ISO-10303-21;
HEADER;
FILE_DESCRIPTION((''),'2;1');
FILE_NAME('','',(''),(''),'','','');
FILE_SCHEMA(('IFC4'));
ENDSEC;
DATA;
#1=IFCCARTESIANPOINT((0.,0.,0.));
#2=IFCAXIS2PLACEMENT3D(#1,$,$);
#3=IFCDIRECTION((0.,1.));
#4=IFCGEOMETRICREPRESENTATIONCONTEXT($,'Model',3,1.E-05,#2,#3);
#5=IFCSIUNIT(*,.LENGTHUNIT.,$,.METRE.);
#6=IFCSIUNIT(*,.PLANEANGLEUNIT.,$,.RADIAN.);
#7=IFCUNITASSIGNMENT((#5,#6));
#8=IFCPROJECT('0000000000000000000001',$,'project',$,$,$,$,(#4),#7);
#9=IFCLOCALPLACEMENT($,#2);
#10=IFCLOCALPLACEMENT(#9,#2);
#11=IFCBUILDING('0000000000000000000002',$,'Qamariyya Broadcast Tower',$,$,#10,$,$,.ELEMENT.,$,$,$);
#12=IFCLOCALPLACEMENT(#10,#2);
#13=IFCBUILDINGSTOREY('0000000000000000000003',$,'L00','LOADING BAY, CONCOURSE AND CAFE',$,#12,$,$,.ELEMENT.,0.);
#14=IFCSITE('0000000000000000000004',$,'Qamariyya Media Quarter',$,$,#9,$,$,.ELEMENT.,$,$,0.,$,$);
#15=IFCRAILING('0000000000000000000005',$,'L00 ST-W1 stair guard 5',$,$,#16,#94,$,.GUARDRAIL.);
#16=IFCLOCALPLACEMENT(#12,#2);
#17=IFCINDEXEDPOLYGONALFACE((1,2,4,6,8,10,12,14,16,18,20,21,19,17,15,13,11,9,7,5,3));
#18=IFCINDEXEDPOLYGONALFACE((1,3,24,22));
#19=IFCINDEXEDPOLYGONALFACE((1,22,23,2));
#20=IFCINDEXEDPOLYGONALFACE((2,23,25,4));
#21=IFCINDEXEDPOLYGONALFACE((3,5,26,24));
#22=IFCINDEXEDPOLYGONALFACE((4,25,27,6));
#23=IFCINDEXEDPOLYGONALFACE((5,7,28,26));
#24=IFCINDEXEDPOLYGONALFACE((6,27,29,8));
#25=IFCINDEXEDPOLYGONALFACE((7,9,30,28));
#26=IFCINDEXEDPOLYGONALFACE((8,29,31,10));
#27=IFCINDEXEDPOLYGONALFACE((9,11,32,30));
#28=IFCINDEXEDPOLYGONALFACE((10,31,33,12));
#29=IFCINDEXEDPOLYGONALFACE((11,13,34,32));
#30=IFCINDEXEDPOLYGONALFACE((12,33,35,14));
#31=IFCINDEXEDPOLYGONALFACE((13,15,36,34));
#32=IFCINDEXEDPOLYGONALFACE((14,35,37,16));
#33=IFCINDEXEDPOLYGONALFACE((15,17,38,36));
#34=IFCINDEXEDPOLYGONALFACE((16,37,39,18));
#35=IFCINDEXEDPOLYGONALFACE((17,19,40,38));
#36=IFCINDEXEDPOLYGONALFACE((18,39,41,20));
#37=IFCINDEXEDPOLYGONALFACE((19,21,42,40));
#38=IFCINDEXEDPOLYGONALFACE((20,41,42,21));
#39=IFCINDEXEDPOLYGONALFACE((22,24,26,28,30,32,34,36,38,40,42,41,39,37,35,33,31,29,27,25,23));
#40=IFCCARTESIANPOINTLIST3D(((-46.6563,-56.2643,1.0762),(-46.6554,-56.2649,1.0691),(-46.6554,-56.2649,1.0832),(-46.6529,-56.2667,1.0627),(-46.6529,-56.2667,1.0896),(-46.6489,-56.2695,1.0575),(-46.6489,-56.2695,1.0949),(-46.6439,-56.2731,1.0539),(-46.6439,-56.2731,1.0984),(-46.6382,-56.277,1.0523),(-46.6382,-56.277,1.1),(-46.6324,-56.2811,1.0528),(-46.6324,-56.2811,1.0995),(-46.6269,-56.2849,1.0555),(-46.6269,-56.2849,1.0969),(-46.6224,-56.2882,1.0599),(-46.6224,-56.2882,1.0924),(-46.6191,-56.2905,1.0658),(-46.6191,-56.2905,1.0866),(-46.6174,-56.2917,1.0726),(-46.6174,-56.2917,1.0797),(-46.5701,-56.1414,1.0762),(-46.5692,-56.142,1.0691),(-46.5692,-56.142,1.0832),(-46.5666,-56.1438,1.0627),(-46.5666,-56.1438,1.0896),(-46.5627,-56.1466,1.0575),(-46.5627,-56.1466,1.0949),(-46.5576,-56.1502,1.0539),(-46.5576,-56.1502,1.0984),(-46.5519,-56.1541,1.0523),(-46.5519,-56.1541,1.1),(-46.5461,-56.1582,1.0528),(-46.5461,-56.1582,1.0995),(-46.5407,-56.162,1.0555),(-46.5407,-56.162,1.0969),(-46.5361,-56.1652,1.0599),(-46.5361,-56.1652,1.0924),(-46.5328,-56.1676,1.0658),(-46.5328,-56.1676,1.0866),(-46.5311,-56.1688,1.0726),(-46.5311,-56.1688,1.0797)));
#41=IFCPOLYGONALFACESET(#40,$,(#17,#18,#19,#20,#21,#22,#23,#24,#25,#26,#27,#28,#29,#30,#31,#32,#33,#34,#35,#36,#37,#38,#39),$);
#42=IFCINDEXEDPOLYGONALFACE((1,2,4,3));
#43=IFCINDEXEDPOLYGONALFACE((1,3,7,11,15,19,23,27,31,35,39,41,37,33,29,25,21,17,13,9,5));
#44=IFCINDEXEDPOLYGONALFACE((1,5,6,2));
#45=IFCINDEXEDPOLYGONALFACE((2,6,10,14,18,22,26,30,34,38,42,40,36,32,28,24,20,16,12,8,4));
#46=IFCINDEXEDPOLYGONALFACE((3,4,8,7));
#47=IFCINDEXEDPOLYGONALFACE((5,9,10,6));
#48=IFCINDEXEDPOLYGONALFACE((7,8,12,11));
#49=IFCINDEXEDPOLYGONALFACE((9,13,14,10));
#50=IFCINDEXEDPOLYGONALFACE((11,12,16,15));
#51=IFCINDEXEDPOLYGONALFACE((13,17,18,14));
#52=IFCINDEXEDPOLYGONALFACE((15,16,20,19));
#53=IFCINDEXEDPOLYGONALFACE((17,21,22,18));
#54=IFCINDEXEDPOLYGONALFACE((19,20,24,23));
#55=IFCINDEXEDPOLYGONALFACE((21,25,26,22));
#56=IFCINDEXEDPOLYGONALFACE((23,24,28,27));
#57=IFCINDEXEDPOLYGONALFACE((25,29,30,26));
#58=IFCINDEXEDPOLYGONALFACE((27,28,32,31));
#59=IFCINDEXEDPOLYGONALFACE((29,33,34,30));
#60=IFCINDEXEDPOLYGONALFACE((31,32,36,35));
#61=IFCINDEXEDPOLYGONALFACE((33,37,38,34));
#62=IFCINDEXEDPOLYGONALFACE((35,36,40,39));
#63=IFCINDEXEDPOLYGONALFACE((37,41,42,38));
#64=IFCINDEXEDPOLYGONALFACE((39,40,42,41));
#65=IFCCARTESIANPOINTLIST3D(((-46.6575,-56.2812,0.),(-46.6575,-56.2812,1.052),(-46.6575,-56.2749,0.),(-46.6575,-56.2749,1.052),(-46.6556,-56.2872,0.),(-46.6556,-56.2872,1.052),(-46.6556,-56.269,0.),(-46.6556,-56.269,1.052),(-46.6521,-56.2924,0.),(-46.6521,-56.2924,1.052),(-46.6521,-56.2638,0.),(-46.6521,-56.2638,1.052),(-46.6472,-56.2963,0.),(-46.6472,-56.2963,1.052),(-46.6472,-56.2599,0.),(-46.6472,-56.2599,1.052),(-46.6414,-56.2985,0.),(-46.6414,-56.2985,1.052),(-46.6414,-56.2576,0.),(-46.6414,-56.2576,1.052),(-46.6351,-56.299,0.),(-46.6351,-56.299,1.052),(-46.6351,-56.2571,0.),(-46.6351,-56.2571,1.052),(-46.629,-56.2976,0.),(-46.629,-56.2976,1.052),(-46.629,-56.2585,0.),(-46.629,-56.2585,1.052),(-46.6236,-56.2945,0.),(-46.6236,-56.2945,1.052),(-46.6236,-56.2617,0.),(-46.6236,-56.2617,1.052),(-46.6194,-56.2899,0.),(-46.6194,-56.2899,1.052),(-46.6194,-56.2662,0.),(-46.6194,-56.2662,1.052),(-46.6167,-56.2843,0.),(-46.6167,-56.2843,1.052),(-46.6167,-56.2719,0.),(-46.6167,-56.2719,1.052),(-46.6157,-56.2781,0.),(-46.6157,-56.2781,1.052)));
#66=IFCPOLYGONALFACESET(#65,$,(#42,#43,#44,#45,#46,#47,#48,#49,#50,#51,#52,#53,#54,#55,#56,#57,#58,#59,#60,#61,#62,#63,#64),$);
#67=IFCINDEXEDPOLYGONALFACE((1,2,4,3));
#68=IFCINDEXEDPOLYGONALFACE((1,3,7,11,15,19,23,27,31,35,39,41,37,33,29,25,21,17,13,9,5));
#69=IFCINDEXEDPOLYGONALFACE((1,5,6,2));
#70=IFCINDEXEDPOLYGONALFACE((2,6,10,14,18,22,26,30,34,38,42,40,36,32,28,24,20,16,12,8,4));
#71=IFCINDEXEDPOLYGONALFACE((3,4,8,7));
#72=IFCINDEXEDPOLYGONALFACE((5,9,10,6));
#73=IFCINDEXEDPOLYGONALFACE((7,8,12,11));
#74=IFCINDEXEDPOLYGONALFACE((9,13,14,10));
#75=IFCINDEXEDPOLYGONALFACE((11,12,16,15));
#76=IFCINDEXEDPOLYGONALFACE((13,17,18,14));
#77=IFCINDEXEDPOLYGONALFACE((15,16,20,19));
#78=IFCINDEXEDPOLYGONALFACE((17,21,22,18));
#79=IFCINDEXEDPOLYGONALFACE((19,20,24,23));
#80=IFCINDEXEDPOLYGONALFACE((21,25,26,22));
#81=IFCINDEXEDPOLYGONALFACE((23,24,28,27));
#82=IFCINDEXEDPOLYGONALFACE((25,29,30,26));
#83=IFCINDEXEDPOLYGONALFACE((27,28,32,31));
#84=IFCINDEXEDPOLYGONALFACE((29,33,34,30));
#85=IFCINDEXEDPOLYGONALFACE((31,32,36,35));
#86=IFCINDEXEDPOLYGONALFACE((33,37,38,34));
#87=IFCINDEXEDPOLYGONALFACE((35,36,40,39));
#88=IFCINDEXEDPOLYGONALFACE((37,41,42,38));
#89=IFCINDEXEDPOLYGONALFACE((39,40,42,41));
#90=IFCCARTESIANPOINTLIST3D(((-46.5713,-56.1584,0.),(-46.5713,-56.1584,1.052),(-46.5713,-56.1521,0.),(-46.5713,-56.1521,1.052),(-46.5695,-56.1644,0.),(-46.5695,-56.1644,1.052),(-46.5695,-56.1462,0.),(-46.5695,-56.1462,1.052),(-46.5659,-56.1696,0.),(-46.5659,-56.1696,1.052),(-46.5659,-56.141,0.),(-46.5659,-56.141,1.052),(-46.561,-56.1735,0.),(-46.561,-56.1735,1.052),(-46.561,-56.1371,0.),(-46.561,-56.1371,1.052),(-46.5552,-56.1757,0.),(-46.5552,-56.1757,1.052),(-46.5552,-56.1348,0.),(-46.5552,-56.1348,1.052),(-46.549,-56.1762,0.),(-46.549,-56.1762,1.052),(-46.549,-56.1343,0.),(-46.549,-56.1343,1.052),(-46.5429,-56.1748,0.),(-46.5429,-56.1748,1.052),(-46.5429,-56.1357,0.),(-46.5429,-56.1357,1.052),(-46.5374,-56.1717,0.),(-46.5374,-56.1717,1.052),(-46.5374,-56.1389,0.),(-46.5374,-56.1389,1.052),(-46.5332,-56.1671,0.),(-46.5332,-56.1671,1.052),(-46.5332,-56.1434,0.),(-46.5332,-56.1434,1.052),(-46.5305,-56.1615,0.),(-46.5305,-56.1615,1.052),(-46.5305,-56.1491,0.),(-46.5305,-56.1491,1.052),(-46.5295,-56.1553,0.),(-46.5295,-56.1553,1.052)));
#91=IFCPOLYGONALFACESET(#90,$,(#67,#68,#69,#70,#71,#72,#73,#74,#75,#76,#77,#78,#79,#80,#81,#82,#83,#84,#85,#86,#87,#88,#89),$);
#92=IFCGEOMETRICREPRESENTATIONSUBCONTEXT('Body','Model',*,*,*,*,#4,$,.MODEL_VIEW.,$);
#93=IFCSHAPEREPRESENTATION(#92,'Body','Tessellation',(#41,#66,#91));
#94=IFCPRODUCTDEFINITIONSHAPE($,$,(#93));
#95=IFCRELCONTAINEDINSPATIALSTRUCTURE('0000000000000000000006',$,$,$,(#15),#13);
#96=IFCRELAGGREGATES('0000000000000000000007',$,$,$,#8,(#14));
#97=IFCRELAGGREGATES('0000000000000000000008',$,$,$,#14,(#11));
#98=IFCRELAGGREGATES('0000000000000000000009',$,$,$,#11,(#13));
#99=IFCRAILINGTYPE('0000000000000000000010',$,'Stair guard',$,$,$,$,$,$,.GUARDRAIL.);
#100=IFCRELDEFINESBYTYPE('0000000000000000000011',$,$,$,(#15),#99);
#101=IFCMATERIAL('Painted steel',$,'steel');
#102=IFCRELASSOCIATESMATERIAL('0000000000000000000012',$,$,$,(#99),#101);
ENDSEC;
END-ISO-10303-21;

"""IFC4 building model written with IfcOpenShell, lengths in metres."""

from ifc_helpers import new_model, si_unit, direction, frame, origin, origin_2d, place, context, subcontext, project, spatial, circle, extrude, material, type_object, element, save


model = new_model("IFC4")

# Units and contexts
model_context = context("Model", 3, precision=1e-05, world=origin(), true_north=direction((0.0, 1.0)))
body_context = subcontext(model_context, "Body", "Model", "MODEL_VIEW")
ifc_project = project(units=[si_unit("LENGTHUNIT", "METRE"), si_unit("PLANEANGLEUNIT", "RADIAN")], contexts=[model_context])

# Site, building, storey
site_placement = place(None, origin())
site = spatial("IfcSite", under=ifc_project, at=site_placement, Name="Qamariyya Media Quarter", CompositionType="ELEMENT", RefElevation=0.0)
building_placement = place(site_placement, origin())
building = spatial("IfcBuilding", under=site, at=building_placement, Name="Qamariyya Broadcast Tower", CompositionType="ELEMENT")
storey_placement = place(building_placement, origin())
storey = spatial("IfcBuildingStorey", under=building, at=storey_placement, Name="L00", Description="LOADING BAY, CONCOURSE AND CAFE", CompositionType="ELEMENT", Elevation=0.0)

# Railing
ifc_material_1 = material(Name="Painted steel", Category="steel")
railing_type_1 = type_object("IfcRailingType", Name="Stair guard", PredefinedType="GUARDRAIL", material=ifc_material_1)
railing_placement = place(storey_placement, frame((-46.6367, -56.2781, 0.0)))
element("IfcRailing", 1, at=railing_placement, inside=storey, type_object=railing_type_1, Name="L00 ST-W1 stair guard 5", PredefinedType="GUARDRAIL", context=body_context, shape_type="SweptSolid", body=[
    extrude(circle(Radius=0.0239, at=origin_2d()), frame((0.0, 0.0, 1.0762), z_axis=(0.574445, 0.818543, 0.0), x_axis=(-0.818543, 0.574445, 0.0)), (0.0, 0.0, 1.0), 0.1501),
    extrude(circle(Radius=0.021, at=origin_2d()), origin(), (0.0, 0.0, 1.0), 1.052),
    extrude(circle(Radius=0.021, at=origin_2d()), frame((0.0862, 0.1228, 0.0)), (0.0, 0.0, 1.0), 1.052),
])

save(model, "model.ifc")
